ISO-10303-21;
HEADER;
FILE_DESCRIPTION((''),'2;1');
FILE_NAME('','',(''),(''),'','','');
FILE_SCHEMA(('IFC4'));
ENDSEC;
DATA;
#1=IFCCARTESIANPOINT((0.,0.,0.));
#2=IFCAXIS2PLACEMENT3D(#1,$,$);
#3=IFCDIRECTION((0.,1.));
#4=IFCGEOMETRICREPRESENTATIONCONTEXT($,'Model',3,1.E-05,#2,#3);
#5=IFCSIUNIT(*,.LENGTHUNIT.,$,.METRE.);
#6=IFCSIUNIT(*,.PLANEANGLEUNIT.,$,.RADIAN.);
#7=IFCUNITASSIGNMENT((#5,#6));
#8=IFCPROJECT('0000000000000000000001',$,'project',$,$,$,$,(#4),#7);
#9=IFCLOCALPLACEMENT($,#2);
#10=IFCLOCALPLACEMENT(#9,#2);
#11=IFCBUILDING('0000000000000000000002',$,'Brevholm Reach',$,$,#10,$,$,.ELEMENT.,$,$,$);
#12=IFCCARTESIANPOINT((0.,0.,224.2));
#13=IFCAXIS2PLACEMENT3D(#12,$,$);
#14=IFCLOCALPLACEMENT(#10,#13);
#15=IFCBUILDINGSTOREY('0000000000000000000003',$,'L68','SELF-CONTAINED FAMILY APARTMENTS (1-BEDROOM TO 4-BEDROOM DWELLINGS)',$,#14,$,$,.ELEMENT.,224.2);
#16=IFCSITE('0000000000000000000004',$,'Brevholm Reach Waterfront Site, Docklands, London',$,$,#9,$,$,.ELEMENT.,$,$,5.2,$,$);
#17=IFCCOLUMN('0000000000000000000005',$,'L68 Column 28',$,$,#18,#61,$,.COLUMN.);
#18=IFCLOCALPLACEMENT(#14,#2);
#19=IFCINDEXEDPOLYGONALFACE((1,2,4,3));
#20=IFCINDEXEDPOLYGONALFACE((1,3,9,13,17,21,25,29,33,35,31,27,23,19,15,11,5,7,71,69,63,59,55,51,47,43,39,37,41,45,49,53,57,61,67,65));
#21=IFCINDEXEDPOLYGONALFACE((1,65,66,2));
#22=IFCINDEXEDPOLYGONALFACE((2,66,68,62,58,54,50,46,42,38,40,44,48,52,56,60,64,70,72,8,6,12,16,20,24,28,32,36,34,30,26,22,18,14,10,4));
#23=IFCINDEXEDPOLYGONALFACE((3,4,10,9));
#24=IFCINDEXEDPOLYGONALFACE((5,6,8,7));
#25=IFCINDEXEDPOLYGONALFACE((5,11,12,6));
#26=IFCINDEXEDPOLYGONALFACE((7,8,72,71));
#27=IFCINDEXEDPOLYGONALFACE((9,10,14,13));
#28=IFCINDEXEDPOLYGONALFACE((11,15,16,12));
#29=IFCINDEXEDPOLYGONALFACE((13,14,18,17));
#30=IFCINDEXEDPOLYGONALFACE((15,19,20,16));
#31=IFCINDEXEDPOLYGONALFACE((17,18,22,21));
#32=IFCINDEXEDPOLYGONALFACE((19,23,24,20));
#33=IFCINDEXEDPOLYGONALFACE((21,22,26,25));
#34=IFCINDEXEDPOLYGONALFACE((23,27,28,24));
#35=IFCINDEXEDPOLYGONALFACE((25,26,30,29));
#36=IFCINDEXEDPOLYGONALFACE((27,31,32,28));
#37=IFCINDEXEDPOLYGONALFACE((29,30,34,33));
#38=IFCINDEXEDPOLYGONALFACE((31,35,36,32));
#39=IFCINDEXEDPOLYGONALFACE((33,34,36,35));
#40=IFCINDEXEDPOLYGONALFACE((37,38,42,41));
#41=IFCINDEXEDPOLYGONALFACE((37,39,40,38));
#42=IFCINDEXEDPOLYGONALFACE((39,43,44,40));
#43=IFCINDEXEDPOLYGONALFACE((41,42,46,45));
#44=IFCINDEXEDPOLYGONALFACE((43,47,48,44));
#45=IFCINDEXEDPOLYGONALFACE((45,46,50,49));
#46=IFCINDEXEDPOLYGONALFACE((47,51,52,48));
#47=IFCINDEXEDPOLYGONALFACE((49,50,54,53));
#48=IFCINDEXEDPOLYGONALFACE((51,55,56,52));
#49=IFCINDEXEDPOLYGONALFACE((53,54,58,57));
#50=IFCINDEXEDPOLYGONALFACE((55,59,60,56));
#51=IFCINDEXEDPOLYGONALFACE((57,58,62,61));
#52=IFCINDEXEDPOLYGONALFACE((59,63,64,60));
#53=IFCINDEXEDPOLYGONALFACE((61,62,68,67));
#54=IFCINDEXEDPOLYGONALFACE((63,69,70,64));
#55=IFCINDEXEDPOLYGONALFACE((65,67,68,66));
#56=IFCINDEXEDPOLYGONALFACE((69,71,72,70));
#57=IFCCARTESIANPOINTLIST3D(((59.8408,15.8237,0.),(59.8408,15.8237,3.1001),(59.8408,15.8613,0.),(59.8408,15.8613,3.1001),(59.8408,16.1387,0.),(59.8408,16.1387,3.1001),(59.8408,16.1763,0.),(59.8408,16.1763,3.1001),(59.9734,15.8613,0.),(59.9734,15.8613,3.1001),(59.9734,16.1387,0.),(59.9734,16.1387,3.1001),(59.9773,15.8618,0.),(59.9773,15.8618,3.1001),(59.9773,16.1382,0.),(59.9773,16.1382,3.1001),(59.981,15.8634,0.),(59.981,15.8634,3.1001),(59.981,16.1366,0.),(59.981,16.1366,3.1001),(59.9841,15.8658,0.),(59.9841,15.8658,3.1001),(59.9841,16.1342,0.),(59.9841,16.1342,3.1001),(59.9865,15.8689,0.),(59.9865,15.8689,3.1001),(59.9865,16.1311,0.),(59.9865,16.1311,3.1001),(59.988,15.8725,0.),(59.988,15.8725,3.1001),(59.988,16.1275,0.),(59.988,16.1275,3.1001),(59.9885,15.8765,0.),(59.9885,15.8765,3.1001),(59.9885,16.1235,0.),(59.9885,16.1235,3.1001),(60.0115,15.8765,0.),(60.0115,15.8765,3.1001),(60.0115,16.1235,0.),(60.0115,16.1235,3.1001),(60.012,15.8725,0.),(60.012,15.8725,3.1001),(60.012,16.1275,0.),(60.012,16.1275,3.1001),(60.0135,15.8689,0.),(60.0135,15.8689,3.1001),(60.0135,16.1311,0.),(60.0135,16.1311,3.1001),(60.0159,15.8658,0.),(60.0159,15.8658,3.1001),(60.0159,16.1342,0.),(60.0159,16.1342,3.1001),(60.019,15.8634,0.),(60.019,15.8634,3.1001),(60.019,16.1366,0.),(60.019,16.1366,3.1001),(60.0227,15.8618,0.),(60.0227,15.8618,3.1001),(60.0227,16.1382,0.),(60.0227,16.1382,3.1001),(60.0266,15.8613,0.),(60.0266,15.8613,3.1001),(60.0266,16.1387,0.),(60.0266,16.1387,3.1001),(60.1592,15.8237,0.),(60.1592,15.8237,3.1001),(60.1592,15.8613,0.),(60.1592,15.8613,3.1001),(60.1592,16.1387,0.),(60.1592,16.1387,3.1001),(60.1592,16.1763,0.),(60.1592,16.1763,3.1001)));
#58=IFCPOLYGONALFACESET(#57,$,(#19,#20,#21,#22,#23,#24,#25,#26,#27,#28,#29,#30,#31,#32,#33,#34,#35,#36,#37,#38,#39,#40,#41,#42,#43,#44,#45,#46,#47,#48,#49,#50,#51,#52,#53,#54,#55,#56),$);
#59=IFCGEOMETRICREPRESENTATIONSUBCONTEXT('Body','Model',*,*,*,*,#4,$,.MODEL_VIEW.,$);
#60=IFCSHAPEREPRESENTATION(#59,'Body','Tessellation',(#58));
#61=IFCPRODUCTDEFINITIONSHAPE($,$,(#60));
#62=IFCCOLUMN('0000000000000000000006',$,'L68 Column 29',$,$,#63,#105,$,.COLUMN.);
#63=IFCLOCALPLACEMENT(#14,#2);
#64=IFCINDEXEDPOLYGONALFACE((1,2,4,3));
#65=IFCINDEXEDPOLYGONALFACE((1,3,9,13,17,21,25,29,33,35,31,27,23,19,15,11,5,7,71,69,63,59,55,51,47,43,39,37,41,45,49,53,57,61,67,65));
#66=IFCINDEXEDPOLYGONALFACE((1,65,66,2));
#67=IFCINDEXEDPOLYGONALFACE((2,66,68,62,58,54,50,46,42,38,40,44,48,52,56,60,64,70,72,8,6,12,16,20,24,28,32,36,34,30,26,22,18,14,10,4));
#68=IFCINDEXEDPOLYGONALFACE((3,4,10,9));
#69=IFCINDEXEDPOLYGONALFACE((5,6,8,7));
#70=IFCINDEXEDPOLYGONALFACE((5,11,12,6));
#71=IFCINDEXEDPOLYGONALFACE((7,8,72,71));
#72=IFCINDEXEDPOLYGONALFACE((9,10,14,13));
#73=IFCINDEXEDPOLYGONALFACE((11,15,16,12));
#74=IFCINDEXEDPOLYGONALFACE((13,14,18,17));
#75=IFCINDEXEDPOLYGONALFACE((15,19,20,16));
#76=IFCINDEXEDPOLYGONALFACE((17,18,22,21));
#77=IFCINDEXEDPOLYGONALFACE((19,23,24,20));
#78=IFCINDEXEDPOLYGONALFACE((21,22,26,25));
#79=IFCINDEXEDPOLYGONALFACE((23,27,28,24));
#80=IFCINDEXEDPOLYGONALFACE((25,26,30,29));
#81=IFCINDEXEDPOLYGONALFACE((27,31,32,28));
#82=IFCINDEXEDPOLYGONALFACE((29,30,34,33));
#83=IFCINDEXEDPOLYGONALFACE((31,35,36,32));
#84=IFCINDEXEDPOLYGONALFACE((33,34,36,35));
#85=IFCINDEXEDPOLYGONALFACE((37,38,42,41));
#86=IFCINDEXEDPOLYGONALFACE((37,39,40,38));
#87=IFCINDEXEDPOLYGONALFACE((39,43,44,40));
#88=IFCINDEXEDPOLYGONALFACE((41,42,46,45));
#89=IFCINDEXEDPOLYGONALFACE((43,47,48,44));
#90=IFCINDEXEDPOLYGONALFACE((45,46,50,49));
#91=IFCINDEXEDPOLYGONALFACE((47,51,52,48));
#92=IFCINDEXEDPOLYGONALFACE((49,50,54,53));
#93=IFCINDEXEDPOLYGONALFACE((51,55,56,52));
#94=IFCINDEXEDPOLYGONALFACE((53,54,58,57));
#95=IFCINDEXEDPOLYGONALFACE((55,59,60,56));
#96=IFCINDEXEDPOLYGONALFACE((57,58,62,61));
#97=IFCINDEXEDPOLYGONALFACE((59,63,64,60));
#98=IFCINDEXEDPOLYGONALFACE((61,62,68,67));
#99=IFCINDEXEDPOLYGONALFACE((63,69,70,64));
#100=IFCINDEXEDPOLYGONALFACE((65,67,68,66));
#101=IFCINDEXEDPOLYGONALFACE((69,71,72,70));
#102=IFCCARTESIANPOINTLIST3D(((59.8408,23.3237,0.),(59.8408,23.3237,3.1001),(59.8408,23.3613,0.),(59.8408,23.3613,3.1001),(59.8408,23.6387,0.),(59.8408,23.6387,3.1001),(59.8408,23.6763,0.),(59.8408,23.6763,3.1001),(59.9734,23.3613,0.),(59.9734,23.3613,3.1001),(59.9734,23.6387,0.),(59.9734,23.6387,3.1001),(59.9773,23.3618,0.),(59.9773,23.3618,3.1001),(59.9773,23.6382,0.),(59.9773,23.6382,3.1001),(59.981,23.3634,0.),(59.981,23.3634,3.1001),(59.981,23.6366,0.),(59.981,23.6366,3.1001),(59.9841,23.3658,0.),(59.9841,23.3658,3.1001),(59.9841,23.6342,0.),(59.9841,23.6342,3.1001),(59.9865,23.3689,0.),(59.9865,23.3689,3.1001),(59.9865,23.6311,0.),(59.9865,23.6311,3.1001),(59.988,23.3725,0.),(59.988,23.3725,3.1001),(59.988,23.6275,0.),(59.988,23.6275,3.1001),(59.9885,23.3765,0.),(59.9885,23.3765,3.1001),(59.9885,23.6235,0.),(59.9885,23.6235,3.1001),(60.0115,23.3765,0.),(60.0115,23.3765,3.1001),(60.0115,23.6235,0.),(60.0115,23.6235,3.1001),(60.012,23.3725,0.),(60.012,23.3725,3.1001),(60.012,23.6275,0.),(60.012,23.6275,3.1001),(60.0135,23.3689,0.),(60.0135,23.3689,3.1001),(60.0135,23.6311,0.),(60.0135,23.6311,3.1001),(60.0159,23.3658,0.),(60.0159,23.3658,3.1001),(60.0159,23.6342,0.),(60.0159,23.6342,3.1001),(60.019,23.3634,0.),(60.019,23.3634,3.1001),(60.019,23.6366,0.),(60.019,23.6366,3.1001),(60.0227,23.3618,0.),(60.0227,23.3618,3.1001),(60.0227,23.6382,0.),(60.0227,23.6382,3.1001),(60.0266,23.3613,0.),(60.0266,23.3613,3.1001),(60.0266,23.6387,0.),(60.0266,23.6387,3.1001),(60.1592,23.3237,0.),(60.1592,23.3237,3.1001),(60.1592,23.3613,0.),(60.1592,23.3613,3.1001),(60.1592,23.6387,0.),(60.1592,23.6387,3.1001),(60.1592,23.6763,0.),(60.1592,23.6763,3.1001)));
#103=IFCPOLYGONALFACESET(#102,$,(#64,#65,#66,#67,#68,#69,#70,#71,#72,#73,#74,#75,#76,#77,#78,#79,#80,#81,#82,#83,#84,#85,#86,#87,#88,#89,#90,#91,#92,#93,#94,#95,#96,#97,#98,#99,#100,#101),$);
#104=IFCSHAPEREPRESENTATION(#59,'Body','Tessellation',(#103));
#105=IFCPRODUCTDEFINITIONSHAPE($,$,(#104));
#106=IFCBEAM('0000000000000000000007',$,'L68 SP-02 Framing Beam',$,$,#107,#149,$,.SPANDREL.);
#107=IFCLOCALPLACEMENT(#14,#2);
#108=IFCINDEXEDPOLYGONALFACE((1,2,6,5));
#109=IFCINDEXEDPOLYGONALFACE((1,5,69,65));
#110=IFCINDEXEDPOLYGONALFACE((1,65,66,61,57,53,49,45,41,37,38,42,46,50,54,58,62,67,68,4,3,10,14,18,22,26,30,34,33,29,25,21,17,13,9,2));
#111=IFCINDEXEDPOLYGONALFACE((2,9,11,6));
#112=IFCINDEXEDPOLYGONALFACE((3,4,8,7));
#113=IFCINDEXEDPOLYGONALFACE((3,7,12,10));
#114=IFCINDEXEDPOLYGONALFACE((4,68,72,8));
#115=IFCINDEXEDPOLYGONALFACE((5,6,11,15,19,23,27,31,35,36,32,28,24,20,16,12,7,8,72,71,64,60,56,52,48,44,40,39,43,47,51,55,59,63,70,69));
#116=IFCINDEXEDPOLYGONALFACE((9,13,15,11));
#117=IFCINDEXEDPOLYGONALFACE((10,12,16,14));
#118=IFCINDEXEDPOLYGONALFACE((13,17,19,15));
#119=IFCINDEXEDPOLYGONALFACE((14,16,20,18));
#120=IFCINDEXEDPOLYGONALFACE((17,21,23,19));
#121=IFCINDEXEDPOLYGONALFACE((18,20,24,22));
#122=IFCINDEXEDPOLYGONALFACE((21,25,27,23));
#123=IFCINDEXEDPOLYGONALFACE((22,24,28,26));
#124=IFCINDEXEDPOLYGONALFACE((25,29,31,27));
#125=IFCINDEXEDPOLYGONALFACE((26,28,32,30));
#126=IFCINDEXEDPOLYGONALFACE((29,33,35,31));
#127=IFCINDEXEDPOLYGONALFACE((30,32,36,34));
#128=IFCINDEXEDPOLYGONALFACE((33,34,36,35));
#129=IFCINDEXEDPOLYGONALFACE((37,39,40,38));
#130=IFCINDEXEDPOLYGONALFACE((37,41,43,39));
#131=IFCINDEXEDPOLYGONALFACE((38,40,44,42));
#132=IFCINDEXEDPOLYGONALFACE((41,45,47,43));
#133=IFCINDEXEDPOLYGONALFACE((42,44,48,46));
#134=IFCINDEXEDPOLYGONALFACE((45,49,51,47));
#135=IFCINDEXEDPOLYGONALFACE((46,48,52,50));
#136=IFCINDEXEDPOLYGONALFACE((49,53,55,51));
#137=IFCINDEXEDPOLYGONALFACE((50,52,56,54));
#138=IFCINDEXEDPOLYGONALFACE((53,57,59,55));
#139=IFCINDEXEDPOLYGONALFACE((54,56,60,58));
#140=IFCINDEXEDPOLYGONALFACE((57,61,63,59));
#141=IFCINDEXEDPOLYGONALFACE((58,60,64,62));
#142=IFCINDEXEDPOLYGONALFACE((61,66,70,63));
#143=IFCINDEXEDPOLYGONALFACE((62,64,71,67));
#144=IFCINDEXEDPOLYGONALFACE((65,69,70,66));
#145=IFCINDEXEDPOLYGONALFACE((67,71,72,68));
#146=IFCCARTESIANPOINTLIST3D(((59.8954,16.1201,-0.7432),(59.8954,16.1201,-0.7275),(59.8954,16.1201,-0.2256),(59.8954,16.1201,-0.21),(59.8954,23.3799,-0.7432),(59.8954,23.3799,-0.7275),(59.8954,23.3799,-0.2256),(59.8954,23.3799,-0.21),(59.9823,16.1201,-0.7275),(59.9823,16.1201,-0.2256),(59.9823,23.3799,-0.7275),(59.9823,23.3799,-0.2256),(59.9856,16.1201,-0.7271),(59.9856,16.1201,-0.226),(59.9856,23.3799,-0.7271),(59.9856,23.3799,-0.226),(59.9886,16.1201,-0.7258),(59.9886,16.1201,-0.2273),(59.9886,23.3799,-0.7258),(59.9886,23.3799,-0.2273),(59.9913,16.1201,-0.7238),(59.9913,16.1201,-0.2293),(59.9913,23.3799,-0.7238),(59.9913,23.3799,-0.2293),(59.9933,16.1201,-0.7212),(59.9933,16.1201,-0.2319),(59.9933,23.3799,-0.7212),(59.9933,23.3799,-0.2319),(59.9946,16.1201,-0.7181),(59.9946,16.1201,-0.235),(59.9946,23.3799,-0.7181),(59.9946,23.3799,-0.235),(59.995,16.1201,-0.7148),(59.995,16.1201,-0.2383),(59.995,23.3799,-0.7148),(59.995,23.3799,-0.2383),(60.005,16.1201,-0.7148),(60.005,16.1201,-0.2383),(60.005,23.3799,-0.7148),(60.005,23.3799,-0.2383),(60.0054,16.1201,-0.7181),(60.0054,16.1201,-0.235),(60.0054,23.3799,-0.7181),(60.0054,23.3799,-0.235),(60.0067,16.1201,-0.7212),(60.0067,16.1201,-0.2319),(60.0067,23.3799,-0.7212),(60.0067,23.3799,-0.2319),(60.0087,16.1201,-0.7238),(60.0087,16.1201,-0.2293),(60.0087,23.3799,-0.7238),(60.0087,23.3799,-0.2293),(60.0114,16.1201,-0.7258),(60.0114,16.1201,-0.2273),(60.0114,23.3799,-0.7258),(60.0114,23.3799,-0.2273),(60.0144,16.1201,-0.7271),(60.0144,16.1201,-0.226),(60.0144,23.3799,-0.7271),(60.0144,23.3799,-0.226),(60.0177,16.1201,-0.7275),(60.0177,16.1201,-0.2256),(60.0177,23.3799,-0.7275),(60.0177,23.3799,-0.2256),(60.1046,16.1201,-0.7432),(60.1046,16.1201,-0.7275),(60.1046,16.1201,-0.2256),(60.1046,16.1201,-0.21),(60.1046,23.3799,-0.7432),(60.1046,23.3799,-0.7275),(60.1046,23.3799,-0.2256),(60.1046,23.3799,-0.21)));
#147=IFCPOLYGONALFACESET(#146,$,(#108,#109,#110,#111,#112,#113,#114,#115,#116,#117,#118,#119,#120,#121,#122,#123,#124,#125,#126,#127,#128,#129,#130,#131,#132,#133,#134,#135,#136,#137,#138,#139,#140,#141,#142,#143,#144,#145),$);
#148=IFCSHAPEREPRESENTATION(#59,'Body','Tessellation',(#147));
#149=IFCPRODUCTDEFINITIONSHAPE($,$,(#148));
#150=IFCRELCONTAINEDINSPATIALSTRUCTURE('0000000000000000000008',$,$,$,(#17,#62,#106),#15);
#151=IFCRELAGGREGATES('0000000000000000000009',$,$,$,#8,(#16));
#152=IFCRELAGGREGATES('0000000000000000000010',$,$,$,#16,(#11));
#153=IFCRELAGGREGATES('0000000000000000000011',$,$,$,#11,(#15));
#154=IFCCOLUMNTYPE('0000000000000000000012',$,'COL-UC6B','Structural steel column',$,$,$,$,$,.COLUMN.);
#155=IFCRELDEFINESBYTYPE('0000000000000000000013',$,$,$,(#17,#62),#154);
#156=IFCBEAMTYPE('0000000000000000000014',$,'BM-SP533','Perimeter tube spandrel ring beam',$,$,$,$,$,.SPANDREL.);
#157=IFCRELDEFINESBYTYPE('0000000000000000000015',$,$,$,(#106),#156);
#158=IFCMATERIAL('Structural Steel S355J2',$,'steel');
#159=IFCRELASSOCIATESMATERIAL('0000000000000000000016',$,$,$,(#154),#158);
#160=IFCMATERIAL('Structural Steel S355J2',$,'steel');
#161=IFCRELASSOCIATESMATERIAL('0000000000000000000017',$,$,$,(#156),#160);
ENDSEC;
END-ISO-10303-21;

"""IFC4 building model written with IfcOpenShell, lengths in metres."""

from ifc_helpers import new_model, si_unit, direction, frame, origin, origin_2d, place, context, subcontext, project, spatial, i_section, extrude, material, material_profile, profile_set, type_object, element, save


model = new_model("IFC4")

# Units and contexts
model_context = context("Model", 3, precision=1e-05, world=origin(), true_north=direction((0.0, 1.0)))
body_context = subcontext(model_context, "Body", "Model", "MODEL_VIEW")
ifc_project = project(units=[si_unit("LENGTHUNIT", "METRE"), si_unit("PLANEANGLEUNIT", "RADIAN")], contexts=[model_context])

# Site, building, storey
site_placement = place(None, origin())
site = spatial("IfcSite", under=ifc_project, at=site_placement, Name="Brevholm Reach Waterfront Site, Docklands, London", CompositionType="ELEMENT", RefElevation=5.2)
building_placement = place(site_placement, origin())
building = spatial("IfcBuilding", under=site, at=building_placement, Name="Brevholm Reach", CompositionType="ELEMENT")
storey_placement = place(building_placement, frame((0.0, 0.0, 224.2)))
storey = spatial("IfcBuildingStorey", under=building, at=storey_placement, Name="L68", Description="SELF-CONTAINED FAMILY APARTMENTS (1-BEDROOM TO 4-BEDROOM DWELLINGS)", CompositionType="ELEMENT", Elevation=224.2)

# Columns
ifc_material_1 = material(Name="Structural Steel S355J2", Category="steel")
ifc_material_profile_1 = material_profile(ifc_material_1, i_section(OverallWidth=0.3184, OverallDepth=0.3525, WebThickness=0.0229, FlangeThickness=0.0376, FilletRadius=0.0151, at=origin_2d()), Name="UKC 305x305x240")
ifc_profile_set_1 = profile_set([ifc_material_profile_1], Name="Structural Steel S355J2")
column_type = type_object("IfcColumnType", Name="COL-UC6B", Description="Structural steel column", PredefinedType="COLUMN", material=ifc_profile_set_1)
for number, where, z_axis, x_axis, name in (
    (1, (60.0, 16.0, 0.0), (0.0, 0.0, 1.0), (1.0, 0.0, 0.0), "L68 Column 28"),
    (2, (60.0, 23.5, 0.0), (0.0, 0.0, 1.0), (1.0, 0.0, 0.0), "L68 Column 29"),
):
    element("IfcColumn", number, at=place(storey_placement, frame(where, z_axis=z_axis, x_axis=x_axis)), inside=storey, type_object=column_type, Name=name, PredefinedType="COLUMN", context=body_context, shape_type="SweptSolid", body=[
        extrude(i_section(OverallWidth=0.3184, OverallDepth=0.3525, WebThickness=0.0229, FlangeThickness=0.0376, FilletRadius=0.0151, at=origin_2d()), origin(), (0.0, 0.0, 1.0), 3.1001),
    ])

# Beam
ifc_material_2 = material(Name="Structural Steel S355J2", Category="steel")
ifc_material_profile_2 = material_profile(ifc_material_2, i_section(OverallWidth=0.2092, OverallDepth=0.5332, WebThickness=0.01, FlangeThickness=0.0156, FilletRadius=0.0127, at=origin_2d()), Name="UKB 533x210x92")
ifc_profile_set_2 = profile_set([ifc_material_profile_2], Name="Structural Steel S355J2")
beam_type = type_object("IfcBeamType", Name="BM-SP533", Description="Perimeter tube spandrel ring beam", PredefinedType="SPANDREL", material=ifc_profile_set_2)
beam_placement = place(storey_placement, frame((60.0, 16.1201, -0.4766), z_axis=(0.0, 1.0, 0.0), x_axis=(-1.0, 0.0, 0.0)))
element("IfcBeam", 3, at=beam_placement, inside=storey, type_object=beam_type, Name="L68 SP-02 Framing Beam", PredefinedType="SPANDREL", context=body_context, shape_type="SweptSolid", body=[
    extrude(i_section(OverallWidth=0.2092, OverallDepth=0.5332, WebThickness=0.01, FlangeThickness=0.0156, FilletRadius=0.0127, at=origin_2d()), origin(), (0.0, 0.0, 1.0), 7.2598),
])

save(model, "model.ifc")
